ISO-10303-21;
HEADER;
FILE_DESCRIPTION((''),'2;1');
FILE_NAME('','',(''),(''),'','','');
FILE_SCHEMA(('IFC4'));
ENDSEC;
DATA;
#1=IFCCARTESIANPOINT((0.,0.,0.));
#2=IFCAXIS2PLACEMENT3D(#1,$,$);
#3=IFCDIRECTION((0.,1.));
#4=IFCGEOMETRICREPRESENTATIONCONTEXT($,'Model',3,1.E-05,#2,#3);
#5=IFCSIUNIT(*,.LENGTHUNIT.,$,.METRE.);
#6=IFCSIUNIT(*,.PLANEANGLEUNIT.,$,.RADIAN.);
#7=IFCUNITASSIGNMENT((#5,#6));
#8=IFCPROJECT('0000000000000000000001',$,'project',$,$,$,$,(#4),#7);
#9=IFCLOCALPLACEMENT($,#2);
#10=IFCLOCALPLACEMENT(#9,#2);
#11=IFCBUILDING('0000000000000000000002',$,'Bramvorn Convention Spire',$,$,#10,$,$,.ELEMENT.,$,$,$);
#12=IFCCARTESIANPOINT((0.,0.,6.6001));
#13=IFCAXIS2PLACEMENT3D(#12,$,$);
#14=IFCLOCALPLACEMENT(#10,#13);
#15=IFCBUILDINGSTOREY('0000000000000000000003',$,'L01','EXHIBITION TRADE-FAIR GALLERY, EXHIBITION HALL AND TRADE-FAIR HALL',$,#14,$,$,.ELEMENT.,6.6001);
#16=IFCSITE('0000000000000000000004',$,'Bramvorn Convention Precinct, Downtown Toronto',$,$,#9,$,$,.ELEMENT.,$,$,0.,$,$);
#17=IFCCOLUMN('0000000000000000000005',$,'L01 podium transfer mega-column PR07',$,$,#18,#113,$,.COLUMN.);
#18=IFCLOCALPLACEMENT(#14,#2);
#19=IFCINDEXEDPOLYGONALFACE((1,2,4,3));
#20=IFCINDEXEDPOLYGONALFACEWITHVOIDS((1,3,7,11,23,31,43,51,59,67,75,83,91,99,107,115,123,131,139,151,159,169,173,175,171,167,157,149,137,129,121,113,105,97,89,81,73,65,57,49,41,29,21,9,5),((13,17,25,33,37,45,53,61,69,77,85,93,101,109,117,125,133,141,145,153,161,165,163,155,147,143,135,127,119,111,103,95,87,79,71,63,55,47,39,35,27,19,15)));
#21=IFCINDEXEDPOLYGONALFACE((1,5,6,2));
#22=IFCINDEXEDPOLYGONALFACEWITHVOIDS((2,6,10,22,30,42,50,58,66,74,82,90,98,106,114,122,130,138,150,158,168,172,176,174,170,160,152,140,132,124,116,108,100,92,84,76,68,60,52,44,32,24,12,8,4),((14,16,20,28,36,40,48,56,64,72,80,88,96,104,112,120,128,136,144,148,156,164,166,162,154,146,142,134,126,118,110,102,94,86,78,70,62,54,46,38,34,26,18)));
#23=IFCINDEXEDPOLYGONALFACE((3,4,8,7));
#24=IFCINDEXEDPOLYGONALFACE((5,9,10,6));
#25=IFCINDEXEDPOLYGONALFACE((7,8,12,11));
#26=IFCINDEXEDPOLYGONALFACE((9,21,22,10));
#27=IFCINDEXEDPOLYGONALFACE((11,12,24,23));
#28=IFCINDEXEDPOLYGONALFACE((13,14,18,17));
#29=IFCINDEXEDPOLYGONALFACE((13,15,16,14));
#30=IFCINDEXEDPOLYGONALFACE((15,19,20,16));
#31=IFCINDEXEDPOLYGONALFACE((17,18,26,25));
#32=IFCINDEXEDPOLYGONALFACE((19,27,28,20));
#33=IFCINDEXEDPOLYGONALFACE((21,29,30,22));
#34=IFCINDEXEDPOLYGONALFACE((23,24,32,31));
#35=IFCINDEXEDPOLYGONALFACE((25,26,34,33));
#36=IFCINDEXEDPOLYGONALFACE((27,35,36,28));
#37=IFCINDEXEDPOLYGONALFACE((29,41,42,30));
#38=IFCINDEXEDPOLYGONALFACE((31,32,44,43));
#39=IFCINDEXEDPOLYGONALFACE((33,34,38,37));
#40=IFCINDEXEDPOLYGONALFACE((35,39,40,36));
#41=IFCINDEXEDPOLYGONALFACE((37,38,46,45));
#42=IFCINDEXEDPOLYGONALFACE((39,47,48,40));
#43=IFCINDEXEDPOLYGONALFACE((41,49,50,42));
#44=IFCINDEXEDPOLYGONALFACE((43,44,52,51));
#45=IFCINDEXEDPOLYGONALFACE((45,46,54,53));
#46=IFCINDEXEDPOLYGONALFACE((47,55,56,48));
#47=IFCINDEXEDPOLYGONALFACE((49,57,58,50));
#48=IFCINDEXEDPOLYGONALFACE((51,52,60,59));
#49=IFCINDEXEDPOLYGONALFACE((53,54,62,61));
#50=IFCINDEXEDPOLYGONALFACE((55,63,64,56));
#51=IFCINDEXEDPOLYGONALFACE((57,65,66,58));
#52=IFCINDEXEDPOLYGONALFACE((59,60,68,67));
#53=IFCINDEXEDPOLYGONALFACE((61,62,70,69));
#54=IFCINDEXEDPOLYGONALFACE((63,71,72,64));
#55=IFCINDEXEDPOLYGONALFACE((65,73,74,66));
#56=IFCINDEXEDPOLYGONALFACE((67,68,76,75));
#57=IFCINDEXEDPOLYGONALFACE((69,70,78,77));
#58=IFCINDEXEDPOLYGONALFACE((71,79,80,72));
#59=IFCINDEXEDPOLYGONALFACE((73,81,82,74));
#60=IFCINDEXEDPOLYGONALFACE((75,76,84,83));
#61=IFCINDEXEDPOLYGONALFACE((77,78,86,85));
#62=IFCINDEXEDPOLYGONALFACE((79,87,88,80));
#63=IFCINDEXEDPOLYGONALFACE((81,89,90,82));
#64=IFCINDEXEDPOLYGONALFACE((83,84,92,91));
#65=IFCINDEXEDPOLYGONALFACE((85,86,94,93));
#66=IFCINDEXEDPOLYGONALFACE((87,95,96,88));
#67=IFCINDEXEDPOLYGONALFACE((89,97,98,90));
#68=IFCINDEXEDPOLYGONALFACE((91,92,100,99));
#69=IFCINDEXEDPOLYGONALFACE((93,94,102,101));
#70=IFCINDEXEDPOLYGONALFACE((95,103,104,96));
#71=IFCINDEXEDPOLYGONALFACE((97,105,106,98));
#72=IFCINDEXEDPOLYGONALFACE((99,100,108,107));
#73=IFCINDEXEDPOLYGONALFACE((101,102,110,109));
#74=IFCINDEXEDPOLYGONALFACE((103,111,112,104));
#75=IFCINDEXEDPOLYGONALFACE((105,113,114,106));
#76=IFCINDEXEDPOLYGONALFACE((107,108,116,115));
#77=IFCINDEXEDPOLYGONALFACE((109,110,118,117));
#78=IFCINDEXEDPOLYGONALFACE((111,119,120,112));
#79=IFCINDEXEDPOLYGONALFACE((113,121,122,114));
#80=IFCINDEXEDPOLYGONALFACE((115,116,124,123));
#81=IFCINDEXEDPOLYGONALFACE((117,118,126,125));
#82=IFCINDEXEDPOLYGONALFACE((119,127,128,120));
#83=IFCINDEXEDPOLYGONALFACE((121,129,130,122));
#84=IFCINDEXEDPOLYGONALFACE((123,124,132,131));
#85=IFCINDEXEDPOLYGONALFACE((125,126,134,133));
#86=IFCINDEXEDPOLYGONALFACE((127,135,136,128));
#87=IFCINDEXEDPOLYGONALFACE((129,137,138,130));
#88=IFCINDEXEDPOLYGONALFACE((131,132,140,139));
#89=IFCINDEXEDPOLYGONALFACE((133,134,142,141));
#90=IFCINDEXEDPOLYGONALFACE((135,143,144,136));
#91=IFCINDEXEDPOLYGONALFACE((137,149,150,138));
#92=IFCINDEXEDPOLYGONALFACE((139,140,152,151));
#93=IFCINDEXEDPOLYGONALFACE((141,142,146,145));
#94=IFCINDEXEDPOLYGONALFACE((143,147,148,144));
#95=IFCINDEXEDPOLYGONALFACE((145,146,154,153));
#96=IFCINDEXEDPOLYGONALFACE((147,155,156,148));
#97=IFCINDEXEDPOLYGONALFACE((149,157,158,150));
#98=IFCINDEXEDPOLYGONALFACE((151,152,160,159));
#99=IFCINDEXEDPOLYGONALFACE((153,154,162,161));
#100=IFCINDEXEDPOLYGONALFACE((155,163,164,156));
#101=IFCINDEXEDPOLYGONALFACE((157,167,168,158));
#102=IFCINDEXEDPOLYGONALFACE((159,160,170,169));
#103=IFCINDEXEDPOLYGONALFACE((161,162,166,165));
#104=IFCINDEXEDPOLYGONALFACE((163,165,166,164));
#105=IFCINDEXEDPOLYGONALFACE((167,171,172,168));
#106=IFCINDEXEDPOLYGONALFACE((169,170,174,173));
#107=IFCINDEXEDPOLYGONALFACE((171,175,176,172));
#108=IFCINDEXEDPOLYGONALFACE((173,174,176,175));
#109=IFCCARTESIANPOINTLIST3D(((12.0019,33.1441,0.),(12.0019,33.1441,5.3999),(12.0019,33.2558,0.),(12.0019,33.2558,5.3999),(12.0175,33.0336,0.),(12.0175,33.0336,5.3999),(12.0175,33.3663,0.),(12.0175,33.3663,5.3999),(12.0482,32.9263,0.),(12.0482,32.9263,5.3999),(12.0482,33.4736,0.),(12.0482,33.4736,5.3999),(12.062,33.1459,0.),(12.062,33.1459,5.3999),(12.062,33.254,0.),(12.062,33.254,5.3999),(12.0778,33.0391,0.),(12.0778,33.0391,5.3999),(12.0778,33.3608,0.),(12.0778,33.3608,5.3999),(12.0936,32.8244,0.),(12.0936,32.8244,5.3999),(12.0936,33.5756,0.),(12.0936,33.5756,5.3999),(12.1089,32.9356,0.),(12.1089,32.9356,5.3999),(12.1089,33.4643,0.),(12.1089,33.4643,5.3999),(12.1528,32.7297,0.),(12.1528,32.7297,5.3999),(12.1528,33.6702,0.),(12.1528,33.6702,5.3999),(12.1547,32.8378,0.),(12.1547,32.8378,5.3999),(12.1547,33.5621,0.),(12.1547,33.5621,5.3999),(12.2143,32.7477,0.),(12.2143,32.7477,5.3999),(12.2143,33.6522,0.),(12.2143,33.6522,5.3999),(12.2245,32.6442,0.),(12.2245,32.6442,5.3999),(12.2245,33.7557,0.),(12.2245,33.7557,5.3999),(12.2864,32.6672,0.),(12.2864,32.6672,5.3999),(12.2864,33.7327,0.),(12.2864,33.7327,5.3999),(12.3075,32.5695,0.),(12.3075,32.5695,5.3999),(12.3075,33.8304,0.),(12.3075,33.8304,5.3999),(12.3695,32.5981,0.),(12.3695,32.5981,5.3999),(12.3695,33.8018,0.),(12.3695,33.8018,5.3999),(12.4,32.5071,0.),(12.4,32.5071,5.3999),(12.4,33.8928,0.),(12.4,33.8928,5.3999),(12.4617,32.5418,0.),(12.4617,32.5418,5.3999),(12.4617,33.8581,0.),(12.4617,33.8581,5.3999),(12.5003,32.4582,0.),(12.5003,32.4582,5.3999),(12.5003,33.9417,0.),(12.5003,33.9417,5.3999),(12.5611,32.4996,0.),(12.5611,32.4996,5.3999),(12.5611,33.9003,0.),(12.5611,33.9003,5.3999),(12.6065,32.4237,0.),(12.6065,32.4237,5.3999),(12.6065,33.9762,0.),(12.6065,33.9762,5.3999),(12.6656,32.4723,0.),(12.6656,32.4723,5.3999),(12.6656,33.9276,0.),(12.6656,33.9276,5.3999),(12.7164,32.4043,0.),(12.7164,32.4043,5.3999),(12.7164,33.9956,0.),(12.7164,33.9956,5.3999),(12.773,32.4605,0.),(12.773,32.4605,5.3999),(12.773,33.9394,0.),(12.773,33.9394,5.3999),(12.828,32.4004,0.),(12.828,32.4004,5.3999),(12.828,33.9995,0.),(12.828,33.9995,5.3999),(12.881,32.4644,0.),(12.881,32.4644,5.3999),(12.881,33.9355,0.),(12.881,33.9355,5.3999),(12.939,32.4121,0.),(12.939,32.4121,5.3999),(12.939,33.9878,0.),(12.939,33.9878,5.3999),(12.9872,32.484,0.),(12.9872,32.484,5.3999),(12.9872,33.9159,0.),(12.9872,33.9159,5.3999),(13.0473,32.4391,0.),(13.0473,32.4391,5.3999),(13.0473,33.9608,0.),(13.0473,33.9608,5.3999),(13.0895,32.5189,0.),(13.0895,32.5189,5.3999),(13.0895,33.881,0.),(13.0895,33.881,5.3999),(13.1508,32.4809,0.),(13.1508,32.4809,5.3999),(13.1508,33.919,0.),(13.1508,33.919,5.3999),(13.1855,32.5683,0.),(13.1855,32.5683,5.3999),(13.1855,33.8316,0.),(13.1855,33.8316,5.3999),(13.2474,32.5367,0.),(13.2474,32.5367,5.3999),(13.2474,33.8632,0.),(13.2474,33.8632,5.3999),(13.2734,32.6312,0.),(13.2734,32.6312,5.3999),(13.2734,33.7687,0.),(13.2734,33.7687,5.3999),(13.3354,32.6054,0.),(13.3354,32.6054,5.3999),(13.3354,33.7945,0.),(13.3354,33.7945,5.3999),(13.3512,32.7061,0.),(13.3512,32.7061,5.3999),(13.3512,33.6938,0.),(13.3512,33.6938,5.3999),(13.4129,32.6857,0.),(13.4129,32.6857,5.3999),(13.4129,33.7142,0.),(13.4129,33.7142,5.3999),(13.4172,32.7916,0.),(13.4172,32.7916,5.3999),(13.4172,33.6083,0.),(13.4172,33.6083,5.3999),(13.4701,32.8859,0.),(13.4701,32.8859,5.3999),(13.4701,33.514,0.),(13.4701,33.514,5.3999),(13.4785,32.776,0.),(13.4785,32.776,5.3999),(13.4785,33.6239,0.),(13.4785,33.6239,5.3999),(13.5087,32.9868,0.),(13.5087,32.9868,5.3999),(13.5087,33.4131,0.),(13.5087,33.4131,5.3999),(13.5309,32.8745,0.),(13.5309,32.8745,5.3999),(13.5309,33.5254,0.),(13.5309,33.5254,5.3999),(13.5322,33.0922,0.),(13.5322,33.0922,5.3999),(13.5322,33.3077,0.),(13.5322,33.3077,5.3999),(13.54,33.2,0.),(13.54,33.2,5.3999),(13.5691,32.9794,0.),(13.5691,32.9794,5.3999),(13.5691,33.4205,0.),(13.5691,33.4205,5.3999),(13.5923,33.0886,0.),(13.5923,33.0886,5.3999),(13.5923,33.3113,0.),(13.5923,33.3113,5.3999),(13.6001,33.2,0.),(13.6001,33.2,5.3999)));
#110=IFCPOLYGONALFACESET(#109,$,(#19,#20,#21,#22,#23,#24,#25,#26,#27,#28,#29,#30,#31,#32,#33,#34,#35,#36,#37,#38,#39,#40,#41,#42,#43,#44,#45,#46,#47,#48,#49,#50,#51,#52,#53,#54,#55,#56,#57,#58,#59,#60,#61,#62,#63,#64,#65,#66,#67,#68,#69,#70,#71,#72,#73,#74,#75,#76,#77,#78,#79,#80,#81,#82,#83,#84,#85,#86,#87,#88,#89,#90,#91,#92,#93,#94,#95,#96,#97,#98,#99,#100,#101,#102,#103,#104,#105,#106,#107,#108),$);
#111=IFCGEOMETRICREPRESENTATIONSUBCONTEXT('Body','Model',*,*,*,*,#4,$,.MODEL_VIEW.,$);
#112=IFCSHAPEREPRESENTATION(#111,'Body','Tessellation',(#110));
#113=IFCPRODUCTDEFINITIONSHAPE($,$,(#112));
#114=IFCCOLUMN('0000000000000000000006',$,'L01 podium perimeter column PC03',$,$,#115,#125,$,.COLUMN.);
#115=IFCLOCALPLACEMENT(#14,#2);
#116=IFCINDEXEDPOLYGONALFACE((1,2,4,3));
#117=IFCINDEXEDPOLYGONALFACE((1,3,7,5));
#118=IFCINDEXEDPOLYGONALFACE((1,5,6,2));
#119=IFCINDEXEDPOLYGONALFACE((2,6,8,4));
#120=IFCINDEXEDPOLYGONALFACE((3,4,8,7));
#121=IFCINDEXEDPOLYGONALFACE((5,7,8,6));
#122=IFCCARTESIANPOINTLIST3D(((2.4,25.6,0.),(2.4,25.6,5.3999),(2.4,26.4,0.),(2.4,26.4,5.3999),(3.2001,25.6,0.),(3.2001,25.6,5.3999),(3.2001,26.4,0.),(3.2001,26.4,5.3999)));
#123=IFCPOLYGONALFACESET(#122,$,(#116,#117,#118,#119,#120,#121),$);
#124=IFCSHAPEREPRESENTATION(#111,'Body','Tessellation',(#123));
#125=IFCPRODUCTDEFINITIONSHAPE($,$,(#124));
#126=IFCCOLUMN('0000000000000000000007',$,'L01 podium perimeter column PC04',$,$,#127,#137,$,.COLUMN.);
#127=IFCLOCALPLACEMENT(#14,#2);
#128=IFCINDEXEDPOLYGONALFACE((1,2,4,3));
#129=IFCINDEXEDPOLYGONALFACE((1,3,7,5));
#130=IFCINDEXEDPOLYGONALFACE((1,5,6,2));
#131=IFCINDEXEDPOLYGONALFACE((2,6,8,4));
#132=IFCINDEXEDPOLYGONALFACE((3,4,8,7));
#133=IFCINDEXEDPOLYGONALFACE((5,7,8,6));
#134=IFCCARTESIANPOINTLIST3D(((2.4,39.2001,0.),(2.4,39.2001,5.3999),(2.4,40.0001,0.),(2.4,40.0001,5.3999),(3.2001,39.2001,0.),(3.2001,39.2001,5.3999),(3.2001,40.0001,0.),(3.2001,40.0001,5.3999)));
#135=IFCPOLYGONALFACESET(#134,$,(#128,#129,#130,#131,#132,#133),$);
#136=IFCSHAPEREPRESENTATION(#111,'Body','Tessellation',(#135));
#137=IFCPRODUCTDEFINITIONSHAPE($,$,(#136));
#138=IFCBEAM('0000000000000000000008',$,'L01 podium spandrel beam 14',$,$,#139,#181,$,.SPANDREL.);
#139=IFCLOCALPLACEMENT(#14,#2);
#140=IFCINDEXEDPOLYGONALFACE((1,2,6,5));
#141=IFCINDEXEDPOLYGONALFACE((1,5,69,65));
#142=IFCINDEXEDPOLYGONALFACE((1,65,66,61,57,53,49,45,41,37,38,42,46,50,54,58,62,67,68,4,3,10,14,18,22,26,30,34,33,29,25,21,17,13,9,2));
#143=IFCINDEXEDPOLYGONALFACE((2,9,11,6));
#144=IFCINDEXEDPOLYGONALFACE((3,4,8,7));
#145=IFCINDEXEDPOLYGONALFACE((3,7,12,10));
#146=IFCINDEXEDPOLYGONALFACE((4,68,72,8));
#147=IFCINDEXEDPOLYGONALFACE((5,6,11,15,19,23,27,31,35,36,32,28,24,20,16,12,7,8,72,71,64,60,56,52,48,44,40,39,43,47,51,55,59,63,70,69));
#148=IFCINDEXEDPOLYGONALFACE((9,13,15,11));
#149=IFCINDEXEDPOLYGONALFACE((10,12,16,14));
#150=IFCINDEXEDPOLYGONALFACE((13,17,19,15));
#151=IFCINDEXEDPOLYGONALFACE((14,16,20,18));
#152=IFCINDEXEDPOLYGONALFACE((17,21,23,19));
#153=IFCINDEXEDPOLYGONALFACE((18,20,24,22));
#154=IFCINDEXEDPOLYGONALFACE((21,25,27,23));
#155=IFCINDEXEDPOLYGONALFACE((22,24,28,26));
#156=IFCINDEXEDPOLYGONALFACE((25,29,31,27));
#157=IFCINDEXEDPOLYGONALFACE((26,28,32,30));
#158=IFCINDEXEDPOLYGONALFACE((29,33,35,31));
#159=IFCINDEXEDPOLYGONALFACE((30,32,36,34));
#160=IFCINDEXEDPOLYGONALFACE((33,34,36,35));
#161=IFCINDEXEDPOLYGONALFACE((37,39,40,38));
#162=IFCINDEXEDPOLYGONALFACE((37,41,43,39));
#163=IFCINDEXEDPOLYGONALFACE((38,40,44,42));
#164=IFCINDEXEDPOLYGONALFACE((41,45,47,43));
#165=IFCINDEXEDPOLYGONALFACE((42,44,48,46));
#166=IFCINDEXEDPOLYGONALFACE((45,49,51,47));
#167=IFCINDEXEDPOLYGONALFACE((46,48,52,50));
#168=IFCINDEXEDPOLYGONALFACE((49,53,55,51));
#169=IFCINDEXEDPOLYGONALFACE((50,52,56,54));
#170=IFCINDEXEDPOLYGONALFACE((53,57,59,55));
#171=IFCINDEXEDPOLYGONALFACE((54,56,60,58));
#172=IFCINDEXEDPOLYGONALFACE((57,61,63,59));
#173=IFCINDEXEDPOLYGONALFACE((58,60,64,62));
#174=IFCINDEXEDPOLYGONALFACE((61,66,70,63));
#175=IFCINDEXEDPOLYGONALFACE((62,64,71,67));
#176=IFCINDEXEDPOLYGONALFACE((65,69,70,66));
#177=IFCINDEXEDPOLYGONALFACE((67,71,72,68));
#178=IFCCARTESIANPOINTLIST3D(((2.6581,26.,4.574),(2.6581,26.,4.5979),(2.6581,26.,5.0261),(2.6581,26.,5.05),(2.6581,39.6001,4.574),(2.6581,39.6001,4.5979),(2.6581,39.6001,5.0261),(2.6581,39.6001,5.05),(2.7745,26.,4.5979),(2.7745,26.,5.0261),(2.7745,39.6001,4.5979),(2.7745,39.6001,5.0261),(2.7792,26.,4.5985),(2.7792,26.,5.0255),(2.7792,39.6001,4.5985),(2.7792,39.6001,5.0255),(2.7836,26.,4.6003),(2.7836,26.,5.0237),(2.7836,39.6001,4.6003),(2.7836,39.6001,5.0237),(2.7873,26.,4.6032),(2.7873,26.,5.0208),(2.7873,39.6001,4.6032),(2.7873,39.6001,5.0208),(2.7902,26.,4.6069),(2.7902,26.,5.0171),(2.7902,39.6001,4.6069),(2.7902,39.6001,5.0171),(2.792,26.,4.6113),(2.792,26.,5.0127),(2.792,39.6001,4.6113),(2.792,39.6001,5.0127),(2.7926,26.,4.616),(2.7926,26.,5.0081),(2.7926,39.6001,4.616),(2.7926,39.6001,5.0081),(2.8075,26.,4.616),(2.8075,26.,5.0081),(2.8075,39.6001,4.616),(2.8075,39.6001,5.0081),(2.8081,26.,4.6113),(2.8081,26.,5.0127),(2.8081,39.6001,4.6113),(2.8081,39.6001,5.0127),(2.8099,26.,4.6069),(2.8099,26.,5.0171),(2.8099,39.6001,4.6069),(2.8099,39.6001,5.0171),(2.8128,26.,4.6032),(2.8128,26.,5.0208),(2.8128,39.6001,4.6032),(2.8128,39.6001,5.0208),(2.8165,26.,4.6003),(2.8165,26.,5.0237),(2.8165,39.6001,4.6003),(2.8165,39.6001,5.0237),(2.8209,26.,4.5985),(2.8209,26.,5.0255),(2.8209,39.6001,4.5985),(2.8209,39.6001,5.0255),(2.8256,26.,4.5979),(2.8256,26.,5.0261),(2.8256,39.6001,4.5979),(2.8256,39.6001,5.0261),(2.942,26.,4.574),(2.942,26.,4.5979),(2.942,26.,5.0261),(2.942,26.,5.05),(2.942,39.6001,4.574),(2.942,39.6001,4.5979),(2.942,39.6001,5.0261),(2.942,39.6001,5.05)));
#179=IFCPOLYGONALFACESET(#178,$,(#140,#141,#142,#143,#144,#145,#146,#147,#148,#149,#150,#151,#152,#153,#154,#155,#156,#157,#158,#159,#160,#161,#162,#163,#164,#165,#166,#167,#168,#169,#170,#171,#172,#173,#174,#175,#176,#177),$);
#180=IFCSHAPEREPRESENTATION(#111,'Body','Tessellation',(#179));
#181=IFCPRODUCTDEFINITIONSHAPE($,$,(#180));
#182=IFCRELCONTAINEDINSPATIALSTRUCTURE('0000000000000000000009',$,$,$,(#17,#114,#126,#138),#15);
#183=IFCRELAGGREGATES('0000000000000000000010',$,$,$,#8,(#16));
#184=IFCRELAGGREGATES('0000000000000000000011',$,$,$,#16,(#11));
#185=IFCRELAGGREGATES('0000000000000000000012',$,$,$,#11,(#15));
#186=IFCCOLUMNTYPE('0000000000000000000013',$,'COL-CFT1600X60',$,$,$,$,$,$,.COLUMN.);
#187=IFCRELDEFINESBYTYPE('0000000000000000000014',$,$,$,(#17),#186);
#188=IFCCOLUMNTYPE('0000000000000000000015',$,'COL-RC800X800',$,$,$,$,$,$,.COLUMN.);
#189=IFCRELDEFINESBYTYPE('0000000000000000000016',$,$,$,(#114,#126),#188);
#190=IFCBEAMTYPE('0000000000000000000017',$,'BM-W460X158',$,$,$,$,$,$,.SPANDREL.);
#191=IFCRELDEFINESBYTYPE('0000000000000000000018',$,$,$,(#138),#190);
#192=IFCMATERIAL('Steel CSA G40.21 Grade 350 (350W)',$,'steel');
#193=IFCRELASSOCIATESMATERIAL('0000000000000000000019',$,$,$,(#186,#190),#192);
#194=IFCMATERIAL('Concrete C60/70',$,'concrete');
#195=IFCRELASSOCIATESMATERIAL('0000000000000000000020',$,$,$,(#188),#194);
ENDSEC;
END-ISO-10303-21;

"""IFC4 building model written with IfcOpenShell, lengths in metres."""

from ifc_helpers import new_model, si_unit, direction, frame, origin, origin_2d, place, context, subcontext, project, spatial, rectangle, hollow_circle, i_section, extrude, material, material_profile, profile_set, type_object, element, save


model = new_model("IFC4")

# Units and contexts
model_context = context("Model", 3, precision=1e-05, world=origin(), true_north=direction((0.0, 1.0)))
body_context = subcontext(model_context, "Body", "Model", "MODEL_VIEW")
ifc_project = project(units=[si_unit("LENGTHUNIT", "METRE"), si_unit("PLANEANGLEUNIT", "RADIAN")], contexts=[model_context])

# Site, building, storey
site_placement = place(None, origin())
site = spatial("IfcSite", under=ifc_project, at=site_placement, Name="Bramvorn Convention Precinct, Downtown Toronto", CompositionType="ELEMENT", RefElevation=0.0)
building_placement = place(site_placement, origin())
building = spatial("IfcBuilding", under=site, at=building_placement, Name="Bramvorn Convention Spire", CompositionType="ELEMENT")
storey_placement = place(building_placement, frame((0.0, 0.0, 6.6001)))
storey = spatial("IfcBuildingStorey", under=building, at=storey_placement, Name="L01", Description="EXHIBITION TRADE-FAIR GALLERY, EXHIBITION HALL AND TRADE-FAIR HALL", CompositionType="ELEMENT", Elevation=6.6001)

# Columns
ifc_material_1 = material(Name="Steel CSA G40.21 Grade 350 (350W)", Category="steel")
ifc_material_profile_1 = material_profile(ifc_material_1, hollow_circle(Radius=0.8, WallThickness=0.0601, at=origin_2d()))
ifc_profile_set_1 = profile_set([ifc_material_profile_1], Name="Steel CSA G40.21 Grade 350 (350W) - CFT1600X60")
column_type_1 = type_object("IfcColumnType", Name="COL-CFT1600X60", PredefinedType="COLUMN", material=ifc_profile_set_1)
column_placement = place(storey_placement, frame((12.8, 33.2, 0.0), z_axis=(0.0, 0.0, 1.0), x_axis=(1.0, 0.0, 0.0)))
element("IfcColumn", 1, at=column_placement, inside=storey, type_object=column_type_1, Name="L01 podium transfer mega-column PR07", PredefinedType="COLUMN", context=body_context, shape_type="SweptSolid", body=[
    extrude(hollow_circle(Radius=0.8, WallThickness=0.0601, at=origin_2d()), origin(), (0.0, 0.0, 1.0), 5.3999),
])
ifc_material_2 = material(Name="Concrete C60/70", Category="concrete")
ifc_material_profile_2 = material_profile(ifc_material_2, rectangle(XDim=0.8, YDim=0.8, at=origin_2d()))
ifc_profile_set_2 = profile_set([ifc_material_profile_2], Name="Concrete C60/70 - RC800X800")
column_type_2 = type_object("IfcColumnType", Name="COL-RC800X800", PredefinedType="COLUMN", material=ifc_profile_set_2)
for number, where, z_axis, x_axis, name in (
    (2, (2.8, 26.0, 0.0), (0.0, 0.0, 1.0), (1.0, 0.0, 0.0), "L01 podium perimeter column PC03"),
    (3, (2.8, 39.6001, 0.0), (0.0, 0.0, 1.0), (1.0, 0.0, 0.0), "L01 podium perimeter column PC04"),
):
    element("IfcColumn", number, at=place(storey_placement, frame(where, z_axis=z_axis, x_axis=x_axis)), inside=storey, type_object=column_type_2, Name=name, PredefinedType="COLUMN", context=body_context, shape_type="SweptSolid", body=[
        extrude(rectangle(XDim=0.8, YDim=0.8, at=origin_2d()), origin(), (0.0, 0.0, 1.0), 5.3999),
    ])

# Beam
ifc_material_profile_3 = material_profile(ifc_material_1, i_section(OverallWidth=0.2839, OverallDepth=0.4761, WebThickness=0.0149, FlangeThickness=0.0239, FilletRadius=0.0181, at=origin_2d()))
ifc_profile_set_3 = profile_set([ifc_material_profile_3], Name="Steel CSA G40.21 Grade 350 (350W) - W460X158")
beam_type_1 = type_object("IfcBeamType", Name="BM-W460X158", PredefinedType="SPANDREL", material=ifc_profile_set_3)
for number, where, z_axis, x_axis, name in (
    (4, (2.8, 39.6001, 4.812), (0.0, -1.0, 0.0), (1.0, 0.0, 0.0), "L01 podium spandrel beam 14"),
):
    element("IfcBeam", number, at=place(storey_placement, frame(where, z_axis=z_axis, x_axis=x_axis)), inside=storey, type_object=beam_type_1, Name=name, PredefinedType="SPANDREL", context=body_context, shape_type="SweptSolid", body=[
        extrude(i_section(OverallWidth=0.2839, OverallDepth=0.4761, WebThickness=0.0149, FlangeThickness=0.0239, FilletRadius=0.0181, at=origin_2d()), origin(), (0.0, 0.0, 1.0), 13.6001),
    ])

save(model, "model.ifc")
